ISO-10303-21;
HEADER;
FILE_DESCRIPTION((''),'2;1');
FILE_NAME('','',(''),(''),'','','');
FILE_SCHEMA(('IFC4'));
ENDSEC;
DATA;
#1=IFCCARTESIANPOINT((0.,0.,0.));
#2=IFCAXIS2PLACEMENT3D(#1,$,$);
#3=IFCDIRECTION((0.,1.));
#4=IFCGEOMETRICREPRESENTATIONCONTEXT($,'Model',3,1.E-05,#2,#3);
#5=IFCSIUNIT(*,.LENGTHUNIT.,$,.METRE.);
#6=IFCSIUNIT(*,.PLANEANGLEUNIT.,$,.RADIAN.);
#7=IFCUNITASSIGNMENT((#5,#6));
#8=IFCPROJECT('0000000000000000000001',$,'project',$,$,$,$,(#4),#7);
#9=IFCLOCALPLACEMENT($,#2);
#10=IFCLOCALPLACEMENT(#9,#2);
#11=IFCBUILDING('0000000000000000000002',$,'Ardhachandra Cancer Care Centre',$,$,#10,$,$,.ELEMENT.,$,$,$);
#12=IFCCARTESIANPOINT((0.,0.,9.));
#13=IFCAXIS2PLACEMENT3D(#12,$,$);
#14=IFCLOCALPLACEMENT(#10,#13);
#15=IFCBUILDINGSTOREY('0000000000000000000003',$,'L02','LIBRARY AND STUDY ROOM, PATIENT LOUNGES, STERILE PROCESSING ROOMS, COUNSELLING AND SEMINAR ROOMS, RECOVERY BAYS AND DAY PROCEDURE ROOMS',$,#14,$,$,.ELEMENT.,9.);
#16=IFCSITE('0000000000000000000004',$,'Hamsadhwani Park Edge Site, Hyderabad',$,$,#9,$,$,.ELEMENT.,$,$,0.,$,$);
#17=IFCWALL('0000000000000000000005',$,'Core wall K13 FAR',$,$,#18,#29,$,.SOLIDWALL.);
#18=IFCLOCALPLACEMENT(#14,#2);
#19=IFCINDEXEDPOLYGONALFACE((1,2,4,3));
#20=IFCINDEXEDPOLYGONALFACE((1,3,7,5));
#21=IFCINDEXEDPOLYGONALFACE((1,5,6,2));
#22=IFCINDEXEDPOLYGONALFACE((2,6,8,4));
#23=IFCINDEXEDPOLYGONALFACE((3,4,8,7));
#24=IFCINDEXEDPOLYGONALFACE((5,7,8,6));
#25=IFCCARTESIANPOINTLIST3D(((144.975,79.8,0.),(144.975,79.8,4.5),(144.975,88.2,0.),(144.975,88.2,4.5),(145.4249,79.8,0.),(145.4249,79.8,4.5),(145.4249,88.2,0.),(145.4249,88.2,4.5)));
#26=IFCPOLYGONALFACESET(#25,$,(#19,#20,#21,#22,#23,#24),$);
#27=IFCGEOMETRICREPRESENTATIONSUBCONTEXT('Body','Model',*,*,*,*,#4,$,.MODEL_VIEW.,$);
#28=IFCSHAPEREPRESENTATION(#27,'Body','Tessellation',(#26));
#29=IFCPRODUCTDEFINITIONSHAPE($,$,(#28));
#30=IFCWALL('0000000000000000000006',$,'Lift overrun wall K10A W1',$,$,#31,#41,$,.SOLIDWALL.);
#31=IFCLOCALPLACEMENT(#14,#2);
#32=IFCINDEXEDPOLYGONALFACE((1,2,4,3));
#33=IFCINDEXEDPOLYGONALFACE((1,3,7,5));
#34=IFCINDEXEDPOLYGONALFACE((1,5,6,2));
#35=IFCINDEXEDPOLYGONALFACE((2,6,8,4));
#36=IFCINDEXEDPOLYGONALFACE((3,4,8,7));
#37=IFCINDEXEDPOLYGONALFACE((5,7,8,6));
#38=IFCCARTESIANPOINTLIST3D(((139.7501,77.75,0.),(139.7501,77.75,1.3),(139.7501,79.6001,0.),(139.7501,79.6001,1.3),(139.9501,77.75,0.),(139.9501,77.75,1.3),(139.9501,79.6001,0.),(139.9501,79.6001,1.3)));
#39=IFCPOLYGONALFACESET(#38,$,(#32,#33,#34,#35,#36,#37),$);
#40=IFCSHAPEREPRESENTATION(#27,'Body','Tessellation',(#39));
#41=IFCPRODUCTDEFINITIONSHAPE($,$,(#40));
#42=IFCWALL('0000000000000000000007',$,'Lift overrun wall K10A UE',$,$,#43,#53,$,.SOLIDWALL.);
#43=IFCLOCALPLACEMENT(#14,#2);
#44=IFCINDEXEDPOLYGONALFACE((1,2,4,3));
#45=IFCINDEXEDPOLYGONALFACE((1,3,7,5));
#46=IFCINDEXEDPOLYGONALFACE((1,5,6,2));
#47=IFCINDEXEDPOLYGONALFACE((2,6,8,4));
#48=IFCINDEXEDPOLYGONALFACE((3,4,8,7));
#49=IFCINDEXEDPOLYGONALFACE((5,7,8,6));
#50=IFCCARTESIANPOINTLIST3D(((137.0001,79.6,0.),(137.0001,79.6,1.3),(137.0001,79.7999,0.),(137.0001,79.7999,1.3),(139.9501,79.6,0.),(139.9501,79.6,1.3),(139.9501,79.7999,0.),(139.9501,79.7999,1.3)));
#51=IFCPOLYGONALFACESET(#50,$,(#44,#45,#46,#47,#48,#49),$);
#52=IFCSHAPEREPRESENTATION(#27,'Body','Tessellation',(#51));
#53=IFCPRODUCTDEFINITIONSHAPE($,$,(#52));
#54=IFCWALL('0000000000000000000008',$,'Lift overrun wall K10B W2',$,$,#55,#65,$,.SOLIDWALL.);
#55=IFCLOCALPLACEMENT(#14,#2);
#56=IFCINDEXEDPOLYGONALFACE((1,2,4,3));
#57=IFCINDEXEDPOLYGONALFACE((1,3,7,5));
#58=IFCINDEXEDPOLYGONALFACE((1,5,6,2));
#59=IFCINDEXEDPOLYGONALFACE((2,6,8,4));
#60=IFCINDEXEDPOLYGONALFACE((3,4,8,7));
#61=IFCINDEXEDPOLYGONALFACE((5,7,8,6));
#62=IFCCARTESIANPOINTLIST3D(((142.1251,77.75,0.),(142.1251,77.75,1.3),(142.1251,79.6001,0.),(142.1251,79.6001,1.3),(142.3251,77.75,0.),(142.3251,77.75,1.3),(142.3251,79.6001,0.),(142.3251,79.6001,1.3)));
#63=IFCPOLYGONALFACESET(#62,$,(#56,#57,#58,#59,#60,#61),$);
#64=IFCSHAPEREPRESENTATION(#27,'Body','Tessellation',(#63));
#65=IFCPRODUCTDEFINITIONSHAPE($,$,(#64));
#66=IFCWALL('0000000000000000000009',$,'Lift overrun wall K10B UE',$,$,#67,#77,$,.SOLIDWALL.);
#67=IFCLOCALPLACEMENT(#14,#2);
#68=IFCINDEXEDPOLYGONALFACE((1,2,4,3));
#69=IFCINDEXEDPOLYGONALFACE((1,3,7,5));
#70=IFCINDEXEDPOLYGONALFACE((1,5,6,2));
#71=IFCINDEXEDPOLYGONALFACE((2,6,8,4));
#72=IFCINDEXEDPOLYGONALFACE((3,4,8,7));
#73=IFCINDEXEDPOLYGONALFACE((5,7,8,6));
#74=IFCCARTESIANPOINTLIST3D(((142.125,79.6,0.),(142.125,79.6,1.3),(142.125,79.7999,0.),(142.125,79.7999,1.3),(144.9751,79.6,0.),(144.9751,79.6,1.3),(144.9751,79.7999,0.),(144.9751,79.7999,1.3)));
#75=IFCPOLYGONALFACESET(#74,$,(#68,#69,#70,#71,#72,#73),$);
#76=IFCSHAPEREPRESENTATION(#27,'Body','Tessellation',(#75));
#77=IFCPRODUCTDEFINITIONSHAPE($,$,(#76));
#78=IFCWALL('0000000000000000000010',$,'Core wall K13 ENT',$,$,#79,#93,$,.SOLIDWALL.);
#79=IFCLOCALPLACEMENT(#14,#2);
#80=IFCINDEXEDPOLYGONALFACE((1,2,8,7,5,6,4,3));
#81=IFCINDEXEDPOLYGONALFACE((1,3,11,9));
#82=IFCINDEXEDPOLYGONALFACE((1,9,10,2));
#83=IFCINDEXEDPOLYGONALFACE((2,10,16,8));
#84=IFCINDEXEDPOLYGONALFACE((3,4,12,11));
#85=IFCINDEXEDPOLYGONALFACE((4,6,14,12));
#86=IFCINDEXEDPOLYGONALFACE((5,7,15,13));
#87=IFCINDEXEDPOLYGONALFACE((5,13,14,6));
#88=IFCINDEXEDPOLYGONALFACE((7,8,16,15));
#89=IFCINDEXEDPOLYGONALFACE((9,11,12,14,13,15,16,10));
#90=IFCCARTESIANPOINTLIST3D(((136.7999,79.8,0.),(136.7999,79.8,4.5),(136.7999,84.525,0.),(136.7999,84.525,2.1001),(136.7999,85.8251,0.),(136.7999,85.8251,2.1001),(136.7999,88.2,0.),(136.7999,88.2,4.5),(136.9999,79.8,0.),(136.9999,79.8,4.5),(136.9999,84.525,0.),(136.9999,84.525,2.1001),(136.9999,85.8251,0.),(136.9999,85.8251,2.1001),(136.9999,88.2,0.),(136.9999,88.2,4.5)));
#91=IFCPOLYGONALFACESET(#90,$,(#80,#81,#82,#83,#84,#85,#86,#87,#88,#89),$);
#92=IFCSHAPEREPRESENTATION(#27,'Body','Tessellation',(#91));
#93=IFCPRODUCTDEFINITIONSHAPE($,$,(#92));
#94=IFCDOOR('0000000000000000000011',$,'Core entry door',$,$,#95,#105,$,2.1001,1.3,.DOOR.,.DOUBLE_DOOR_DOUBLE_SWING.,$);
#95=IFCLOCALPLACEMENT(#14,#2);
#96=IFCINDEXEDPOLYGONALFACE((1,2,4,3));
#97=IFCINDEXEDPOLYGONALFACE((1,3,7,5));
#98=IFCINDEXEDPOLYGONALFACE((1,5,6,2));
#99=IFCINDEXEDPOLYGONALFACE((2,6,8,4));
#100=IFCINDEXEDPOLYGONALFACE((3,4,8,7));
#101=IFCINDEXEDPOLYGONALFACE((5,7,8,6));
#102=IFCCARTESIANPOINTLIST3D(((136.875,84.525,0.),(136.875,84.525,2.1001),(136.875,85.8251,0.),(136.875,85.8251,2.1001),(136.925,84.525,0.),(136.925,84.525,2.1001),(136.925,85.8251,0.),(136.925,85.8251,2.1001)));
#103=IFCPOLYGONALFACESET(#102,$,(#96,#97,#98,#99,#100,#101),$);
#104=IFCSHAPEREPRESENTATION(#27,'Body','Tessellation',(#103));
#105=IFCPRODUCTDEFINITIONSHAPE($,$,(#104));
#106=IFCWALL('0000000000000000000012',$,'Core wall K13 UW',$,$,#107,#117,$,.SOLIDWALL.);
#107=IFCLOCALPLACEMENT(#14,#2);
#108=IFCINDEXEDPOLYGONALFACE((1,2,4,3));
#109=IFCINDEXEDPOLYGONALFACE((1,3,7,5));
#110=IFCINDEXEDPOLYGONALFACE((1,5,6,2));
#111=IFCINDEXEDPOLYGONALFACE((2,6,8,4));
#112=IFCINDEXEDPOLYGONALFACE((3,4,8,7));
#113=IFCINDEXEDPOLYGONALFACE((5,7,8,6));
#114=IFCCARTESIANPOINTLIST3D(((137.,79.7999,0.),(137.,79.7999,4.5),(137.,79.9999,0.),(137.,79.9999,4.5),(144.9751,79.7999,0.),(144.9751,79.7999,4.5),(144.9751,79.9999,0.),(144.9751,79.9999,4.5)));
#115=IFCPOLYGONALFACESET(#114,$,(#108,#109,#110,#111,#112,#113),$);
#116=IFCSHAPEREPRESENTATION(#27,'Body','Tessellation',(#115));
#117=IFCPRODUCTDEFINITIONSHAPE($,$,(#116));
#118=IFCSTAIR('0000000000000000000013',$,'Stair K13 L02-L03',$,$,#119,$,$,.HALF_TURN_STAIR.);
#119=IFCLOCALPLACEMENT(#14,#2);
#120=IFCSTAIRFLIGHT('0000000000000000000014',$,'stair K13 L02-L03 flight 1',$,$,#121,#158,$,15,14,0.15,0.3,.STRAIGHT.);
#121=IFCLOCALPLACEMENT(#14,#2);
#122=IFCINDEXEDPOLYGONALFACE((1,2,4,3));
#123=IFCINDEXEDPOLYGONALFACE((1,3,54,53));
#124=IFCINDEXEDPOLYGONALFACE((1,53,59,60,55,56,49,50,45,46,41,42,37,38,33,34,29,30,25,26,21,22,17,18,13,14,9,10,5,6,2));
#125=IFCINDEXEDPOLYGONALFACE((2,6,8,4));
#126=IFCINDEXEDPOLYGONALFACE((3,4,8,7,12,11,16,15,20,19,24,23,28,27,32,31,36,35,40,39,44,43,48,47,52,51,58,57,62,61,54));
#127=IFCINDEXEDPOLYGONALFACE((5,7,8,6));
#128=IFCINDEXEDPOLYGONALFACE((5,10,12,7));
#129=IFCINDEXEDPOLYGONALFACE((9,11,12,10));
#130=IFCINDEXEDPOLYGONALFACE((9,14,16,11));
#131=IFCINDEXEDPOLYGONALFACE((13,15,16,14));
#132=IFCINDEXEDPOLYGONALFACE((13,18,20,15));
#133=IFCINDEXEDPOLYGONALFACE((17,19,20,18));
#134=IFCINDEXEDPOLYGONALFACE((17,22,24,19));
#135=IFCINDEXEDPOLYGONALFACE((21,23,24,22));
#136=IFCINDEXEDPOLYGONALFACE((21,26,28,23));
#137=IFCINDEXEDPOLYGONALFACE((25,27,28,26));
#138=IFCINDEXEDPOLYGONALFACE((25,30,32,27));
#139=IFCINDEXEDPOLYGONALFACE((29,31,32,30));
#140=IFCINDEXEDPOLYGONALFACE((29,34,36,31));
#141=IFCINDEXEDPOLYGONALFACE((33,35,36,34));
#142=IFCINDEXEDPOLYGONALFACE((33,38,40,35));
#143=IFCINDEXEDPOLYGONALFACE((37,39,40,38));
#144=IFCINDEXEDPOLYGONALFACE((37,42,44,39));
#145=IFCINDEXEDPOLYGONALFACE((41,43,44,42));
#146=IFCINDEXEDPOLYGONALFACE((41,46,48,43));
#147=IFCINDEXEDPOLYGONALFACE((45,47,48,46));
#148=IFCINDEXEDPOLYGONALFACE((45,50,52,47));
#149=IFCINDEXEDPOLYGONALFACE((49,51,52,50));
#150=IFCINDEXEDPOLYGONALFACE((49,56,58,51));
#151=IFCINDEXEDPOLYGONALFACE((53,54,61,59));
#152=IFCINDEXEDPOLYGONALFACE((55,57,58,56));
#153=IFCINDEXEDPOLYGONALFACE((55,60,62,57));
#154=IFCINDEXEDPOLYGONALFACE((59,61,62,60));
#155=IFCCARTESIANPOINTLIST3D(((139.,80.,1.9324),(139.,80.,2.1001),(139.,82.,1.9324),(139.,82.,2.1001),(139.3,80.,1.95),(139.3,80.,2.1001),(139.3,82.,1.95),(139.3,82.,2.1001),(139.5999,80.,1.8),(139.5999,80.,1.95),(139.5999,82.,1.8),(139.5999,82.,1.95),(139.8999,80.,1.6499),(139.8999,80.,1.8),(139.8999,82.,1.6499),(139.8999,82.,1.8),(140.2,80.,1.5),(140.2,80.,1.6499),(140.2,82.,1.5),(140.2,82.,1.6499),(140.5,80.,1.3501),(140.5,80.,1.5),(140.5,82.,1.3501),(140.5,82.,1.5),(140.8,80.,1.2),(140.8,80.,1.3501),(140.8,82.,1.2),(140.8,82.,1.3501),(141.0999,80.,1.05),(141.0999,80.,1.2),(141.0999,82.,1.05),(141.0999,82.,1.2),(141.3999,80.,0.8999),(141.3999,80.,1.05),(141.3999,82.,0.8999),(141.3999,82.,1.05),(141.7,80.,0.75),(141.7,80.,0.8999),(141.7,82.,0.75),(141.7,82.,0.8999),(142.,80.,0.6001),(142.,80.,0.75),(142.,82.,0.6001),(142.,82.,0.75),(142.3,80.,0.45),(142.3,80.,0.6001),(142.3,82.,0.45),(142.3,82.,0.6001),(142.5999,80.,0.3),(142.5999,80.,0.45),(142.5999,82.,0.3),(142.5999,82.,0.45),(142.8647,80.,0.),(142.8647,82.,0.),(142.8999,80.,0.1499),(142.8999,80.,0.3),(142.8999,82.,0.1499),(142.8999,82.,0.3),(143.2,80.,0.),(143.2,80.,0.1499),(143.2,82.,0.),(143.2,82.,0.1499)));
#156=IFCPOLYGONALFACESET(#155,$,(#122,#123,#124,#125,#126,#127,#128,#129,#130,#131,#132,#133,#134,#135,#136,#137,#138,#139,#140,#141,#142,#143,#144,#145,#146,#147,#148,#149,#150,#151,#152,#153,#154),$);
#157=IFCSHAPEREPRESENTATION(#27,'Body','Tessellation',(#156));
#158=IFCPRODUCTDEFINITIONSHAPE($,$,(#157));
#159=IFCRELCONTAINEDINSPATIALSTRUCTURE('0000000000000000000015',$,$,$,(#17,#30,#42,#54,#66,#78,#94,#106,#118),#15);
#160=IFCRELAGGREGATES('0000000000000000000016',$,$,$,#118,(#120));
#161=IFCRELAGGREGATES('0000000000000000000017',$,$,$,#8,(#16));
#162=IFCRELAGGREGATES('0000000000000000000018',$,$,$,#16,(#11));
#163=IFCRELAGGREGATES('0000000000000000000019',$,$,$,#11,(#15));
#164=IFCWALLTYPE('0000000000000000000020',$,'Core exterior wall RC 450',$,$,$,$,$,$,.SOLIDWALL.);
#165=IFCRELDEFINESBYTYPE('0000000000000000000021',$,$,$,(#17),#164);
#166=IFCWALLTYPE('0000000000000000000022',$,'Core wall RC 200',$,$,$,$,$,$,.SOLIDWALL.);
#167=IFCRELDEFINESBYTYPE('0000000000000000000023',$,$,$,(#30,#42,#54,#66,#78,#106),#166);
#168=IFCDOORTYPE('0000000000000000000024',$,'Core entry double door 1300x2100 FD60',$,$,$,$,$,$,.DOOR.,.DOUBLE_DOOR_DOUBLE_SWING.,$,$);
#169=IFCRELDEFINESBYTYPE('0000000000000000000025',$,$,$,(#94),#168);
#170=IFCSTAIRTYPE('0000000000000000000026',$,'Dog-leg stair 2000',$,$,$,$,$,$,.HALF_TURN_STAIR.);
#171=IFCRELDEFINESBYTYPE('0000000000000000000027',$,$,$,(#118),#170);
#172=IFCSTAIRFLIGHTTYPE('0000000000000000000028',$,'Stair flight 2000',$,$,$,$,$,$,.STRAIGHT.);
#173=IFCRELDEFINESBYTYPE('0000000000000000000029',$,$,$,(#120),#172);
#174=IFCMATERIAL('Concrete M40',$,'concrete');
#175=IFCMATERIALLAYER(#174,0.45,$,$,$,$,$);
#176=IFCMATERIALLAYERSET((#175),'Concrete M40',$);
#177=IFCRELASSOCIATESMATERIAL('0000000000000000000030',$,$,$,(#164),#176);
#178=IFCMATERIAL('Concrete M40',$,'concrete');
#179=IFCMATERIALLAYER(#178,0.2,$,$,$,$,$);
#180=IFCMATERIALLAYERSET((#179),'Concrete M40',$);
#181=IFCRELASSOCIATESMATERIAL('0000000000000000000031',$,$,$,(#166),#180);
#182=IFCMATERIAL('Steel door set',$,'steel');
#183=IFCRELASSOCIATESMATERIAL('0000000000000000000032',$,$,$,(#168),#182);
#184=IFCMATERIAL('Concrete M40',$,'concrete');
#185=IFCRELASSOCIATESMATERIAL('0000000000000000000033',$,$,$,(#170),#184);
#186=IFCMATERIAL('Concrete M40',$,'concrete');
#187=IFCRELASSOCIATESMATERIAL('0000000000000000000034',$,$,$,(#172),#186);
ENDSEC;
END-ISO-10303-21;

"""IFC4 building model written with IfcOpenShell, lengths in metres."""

from ifc_helpers import new_model, si_unit, direction, frame, frame_2d, origin, place, context, subcontext, project, spatial, polyline, rectangle, outline, extrude, material, layer, layer_set, type_object, element, fill, aggregate, save


model = new_model("IFC4")

# Units and contexts
model_context = context("Model", 3, precision=1e-05, world=origin(), true_north=direction((0.0, 1.0)))
body_context = subcontext(model_context, "Body", "Model", "MODEL_VIEW")
ifc_project = project(units=[si_unit("LENGTHUNIT", "METRE"), si_unit("PLANEANGLEUNIT", "RADIAN")], contexts=[model_context])

# Site, building, storey
site_placement = place(None, origin())
site = spatial("IfcSite", under=ifc_project, at=site_placement, Name="Hamsadhwani Park Edge Site, Hyderabad", CompositionType="ELEMENT", RefElevation=0.0)
building_placement = place(site_placement, origin())
building = spatial("IfcBuilding", under=site, at=building_placement, Name="Ardhachandra Cancer Care Centre", CompositionType="ELEMENT")
storey_placement = place(building_placement, frame((0.0, 0.0, 9.0)))
storey = spatial("IfcBuildingStorey", under=building, at=storey_placement, Name="L02", Description="LIBRARY AND STUDY ROOM, PATIENT LOUNGES, STERILE PROCESSING ROOMS, COUNSELLING AND SEMINAR ROOMS, RECOVERY BAYS AND DAY PROCEDURE ROOMS", CompositionType="ELEMENT", Elevation=9.0)

# Walls
ifc_material_1 = material(Name="Concrete M40", Category="concrete")
ifc_layer_1 = layer(ifc_material_1, 0.45)
ifc_layer_set_1 = layer_set([ifc_layer_1], Name="Concrete M40")
wall_type_1 = type_object("IfcWallType", Name="Core exterior wall RC 450", PredefinedType="SOLIDWALL", material=ifc_layer_set_1)
wall_1_placement = place(storey_placement, frame((145.2, 79.8, 0.0), z_axis=(0.0, 0.0, 1.0), x_axis=(0.0, 1.0, 0.0)))
element("IfcWall", 1, at=wall_1_placement, inside=storey, type_object=wall_type_1, Name="Core wall K13 FAR", PredefinedType="SOLIDWALL", context=body_context, shape_type="SweptSolid", body=[
    extrude(rectangle(XDim=8.3999, YDim=0.45, at=frame_2d((4.2, 0.0))), origin(), (0.0, 0.0, 1.0), 4.5),
])
ifc_material_2 = material(Name="Concrete M40", Category="concrete")
ifc_layer_2 = layer(ifc_material_2, 0.2)
ifc_layer_set_2 = layer_set([ifc_layer_2], Name="Concrete M40")
wall_type_2 = type_object("IfcWallType", Name="Core wall RC 200", PredefinedType="SOLIDWALL", material=ifc_layer_set_2)
wall_2_placement = place(storey_placement, frame((139.8501, 77.75, 0.0), z_axis=(0.0, 0.0, 1.0), x_axis=(0.0, 1.0, 0.0)))
element("IfcWall", 2, at=wall_2_placement, inside=storey, type_object=wall_type_2, Name="Lift overrun wall K10A W1", PredefinedType="SOLIDWALL", context=body_context, shape_type="SweptSolid", body=[
    extrude(rectangle(XDim=1.8501, YDim=0.2, at=frame_2d((0.925, 0.0))), origin(), (0.0, 0.0, 1.0), 1.3),
])
wall_3_placement = place(storey_placement, frame((137.0, 79.7, 0.0), z_axis=(0.0, 0.0, 1.0), x_axis=(1.0, 0.0, 0.0)))
element("IfcWall", 3, at=wall_3_placement, inside=storey, type_object=wall_type_2, Name="Lift overrun wall K10A UE", PredefinedType="SOLIDWALL", context=body_context, shape_type="SweptSolid", body=[
    extrude(rectangle(XDim=2.95, YDim=0.2, at=frame_2d((1.4751, 0.0))), origin(), (0.0, 0.0, 1.0), 1.3),
])
wall_4_placement = place(storey_placement, frame((142.2251, 77.75, 0.0), z_axis=(0.0, 0.0, 1.0), x_axis=(0.0, 1.0, 0.0)))
element("IfcWall", 4, at=wall_4_placement, inside=storey, type_object=wall_type_2, Name="Lift overrun wall K10B W2", PredefinedType="SOLIDWALL", context=body_context, shape_type="SweptSolid", body=[
    extrude(rectangle(XDim=1.8501, YDim=0.2, at=frame_2d((0.925, 0.0))), origin(), (0.0, 0.0, 1.0), 1.3),
])
wall_5_placement = place(storey_placement, frame((142.125, 79.7, 0.0), z_axis=(0.0, 0.0, 1.0), x_axis=(1.0, 0.0, 0.0)))
element("IfcWall", 5, at=wall_5_placement, inside=storey, type_object=wall_type_2, Name="Lift overrun wall K10B UE", PredefinedType="SOLIDWALL", context=body_context, shape_type="SweptSolid", body=[
    extrude(rectangle(XDim=2.8501, YDim=0.2, at=frame_2d((1.425, 0.0))), origin(), (0.0, 0.0, 1.0), 1.3),
])

# Wall, opening, door
wall_6_placement = place(storey_placement, frame((136.8999, 79.8, 0.0), z_axis=(0.0, 0.0, 1.0), x_axis=(0.0, 1.0, 0.0)))
wall_6 = element("IfcWall", 6, at=wall_6_placement, inside=storey, type_object=wall_type_2, Name="Core wall K13 ENT", PredefinedType="SOLIDWALL", context=body_context, shape_type="SweptSolid", body=[
    extrude(rectangle(XDim=8.3999, YDim=0.2, at=frame_2d((4.2, 0.0))), origin(), (0.0, 0.0, 1.0), 4.5),
])
opening_placement = place(wall_6_placement, frame((4.7251, 0.0, 0.0)))
opening = element("IfcOpeningElement", 7, at=opening_placement, cuts=wall_6, PredefinedType="OPENING", context=body_context, shape_type="SweptSolid", body=[
    extrude(rectangle(XDim=1.3, YDim=2.1001, at=frame_2d((0.6499, 1.05))), frame((0.0, 0.1099, 0.0), z_axis=(0.0, -1.0, 0.0), x_axis=(1.0, 0.0, 0.0)), (0.0, 0.0, 1.0), 0.22),
])
ifc_material_3 = material(Name="Steel door set", Category="steel")
door_type = type_object("IfcDoorType", Name="Core entry double door 1300x2100 FD60", OperationType="DOUBLE_DOOR_DOUBLE_SWING", PredefinedType="DOOR", material=ifc_material_3)
door_placement = place(opening_placement, origin())
door = element("IfcDoor", 8, at=door_placement, inside=storey, type_object=door_type, Name="Core entry door", OperationType="DOUBLE_DOOR_DOUBLE_SWING", OverallHeight=2.1001, OverallWidth=1.3, PredefinedType="DOOR", context=body_context, shape_type="SweptSolid", body=[
    extrude(rectangle(XDim=1.3, YDim=2.1001, at=frame_2d((0.6499, 1.05))), frame((0.0, 0.0249, 0.0), z_axis=(0.0, -1.0, 0.0), x_axis=(1.0, 0.0, 0.0)), (0.0, 0.0, 1.0), 0.05),
])
fill(opening, door)

# Wall
wall_7_placement = place(storey_placement, frame((137.0, 79.8999, 0.0), z_axis=(0.0, 0.0, 1.0), x_axis=(1.0, 0.0, 0.0)))
element("IfcWall", 9, at=wall_7_placement, inside=storey, type_object=wall_type_2, Name="Core wall K13 UW", PredefinedType="SOLIDWALL", context=body_context, shape_type="SweptSolid", body=[
    extrude(rectangle(XDim=7.9751, YDim=0.2, at=frame_2d((3.9875, 0.0))), origin(), (0.0, 0.0, 1.0), 4.5),
])

# Stair, stair flight
ifc_material_4 = material(Name="Concrete M40", Category="concrete")
stair_type = type_object("IfcStairType", Name="Dog-leg stair 2000", PredefinedType="HALF_TURN_STAIR", material=ifc_material_4)
stair_placement = place(storey_placement, origin())
stair = element("IfcStair", 10, at=stair_placement, inside=storey, type_object=stair_type, Name="Stair K13 L02-L03", PredefinedType="HALF_TURN_STAIR")
ifc_material_5 = material(Name="Concrete M40", Category="concrete")
stair_flight_type = type_object("IfcStairFlightType", Name="Stair flight 2000", PredefinedType="STRAIGHT", material=ifc_material_5)
stair_flight_1_placement = place(storey_placement, frame((143.2, 81.0, 0.0), z_axis=(0.0, 0.0, 1.0), x_axis=(-1.0, 0.0, 0.0)))
stair_flight_1 = element("IfcStairFlight", 11, at=stair_flight_1_placement, type_object=stair_flight_type, Name="stair K13 L02-L03 flight 1", NumberOfRisers=15, NumberOfTreads=14, PredefinedType="STRAIGHT", RiserHeight=0.15, TreadLength=0.3, context=body_context, shape_type="SweptSolid", body=[
    extrude(outline(polyline([(0.0, 0.0), (0.0, 0.1499), (0.3, 0.1499), (0.3, 0.3), (0.6001, 0.3), (0.6001, 0.45), (0.8999, 0.45), (0.8999, 0.6001), (1.2, 0.6001), (1.2, 0.75), (1.5, 0.75), (1.5, 0.8999), (1.8, 0.8999), (1.8, 1.05), (2.1001, 1.05), (2.1001, 1.2), (2.3999, 1.2), (2.3999, 1.3501), (2.7, 1.3501), (2.7, 1.5), (3.0, 1.5), (3.0, 1.6499), (3.3, 1.6499), (3.3, 1.8), (3.6001, 1.8), (3.6001, 1.95), (3.8999, 1.95), (3.8999, 2.1001), (4.2, 2.1001), (4.2, 2.25), (4.2, 1.9324), (0.3352, 0.0), (0.0, 0.0)])), frame((0.0, 1.0, 0.0), z_axis=(0.0, -1.0, 0.0), x_axis=(1.0, 0.0, 0.0)), (0.0, 0.0, 1.0), 2.0),
])
aggregate(stair, [stair_flight_1])

save(model, "model.ifc")
